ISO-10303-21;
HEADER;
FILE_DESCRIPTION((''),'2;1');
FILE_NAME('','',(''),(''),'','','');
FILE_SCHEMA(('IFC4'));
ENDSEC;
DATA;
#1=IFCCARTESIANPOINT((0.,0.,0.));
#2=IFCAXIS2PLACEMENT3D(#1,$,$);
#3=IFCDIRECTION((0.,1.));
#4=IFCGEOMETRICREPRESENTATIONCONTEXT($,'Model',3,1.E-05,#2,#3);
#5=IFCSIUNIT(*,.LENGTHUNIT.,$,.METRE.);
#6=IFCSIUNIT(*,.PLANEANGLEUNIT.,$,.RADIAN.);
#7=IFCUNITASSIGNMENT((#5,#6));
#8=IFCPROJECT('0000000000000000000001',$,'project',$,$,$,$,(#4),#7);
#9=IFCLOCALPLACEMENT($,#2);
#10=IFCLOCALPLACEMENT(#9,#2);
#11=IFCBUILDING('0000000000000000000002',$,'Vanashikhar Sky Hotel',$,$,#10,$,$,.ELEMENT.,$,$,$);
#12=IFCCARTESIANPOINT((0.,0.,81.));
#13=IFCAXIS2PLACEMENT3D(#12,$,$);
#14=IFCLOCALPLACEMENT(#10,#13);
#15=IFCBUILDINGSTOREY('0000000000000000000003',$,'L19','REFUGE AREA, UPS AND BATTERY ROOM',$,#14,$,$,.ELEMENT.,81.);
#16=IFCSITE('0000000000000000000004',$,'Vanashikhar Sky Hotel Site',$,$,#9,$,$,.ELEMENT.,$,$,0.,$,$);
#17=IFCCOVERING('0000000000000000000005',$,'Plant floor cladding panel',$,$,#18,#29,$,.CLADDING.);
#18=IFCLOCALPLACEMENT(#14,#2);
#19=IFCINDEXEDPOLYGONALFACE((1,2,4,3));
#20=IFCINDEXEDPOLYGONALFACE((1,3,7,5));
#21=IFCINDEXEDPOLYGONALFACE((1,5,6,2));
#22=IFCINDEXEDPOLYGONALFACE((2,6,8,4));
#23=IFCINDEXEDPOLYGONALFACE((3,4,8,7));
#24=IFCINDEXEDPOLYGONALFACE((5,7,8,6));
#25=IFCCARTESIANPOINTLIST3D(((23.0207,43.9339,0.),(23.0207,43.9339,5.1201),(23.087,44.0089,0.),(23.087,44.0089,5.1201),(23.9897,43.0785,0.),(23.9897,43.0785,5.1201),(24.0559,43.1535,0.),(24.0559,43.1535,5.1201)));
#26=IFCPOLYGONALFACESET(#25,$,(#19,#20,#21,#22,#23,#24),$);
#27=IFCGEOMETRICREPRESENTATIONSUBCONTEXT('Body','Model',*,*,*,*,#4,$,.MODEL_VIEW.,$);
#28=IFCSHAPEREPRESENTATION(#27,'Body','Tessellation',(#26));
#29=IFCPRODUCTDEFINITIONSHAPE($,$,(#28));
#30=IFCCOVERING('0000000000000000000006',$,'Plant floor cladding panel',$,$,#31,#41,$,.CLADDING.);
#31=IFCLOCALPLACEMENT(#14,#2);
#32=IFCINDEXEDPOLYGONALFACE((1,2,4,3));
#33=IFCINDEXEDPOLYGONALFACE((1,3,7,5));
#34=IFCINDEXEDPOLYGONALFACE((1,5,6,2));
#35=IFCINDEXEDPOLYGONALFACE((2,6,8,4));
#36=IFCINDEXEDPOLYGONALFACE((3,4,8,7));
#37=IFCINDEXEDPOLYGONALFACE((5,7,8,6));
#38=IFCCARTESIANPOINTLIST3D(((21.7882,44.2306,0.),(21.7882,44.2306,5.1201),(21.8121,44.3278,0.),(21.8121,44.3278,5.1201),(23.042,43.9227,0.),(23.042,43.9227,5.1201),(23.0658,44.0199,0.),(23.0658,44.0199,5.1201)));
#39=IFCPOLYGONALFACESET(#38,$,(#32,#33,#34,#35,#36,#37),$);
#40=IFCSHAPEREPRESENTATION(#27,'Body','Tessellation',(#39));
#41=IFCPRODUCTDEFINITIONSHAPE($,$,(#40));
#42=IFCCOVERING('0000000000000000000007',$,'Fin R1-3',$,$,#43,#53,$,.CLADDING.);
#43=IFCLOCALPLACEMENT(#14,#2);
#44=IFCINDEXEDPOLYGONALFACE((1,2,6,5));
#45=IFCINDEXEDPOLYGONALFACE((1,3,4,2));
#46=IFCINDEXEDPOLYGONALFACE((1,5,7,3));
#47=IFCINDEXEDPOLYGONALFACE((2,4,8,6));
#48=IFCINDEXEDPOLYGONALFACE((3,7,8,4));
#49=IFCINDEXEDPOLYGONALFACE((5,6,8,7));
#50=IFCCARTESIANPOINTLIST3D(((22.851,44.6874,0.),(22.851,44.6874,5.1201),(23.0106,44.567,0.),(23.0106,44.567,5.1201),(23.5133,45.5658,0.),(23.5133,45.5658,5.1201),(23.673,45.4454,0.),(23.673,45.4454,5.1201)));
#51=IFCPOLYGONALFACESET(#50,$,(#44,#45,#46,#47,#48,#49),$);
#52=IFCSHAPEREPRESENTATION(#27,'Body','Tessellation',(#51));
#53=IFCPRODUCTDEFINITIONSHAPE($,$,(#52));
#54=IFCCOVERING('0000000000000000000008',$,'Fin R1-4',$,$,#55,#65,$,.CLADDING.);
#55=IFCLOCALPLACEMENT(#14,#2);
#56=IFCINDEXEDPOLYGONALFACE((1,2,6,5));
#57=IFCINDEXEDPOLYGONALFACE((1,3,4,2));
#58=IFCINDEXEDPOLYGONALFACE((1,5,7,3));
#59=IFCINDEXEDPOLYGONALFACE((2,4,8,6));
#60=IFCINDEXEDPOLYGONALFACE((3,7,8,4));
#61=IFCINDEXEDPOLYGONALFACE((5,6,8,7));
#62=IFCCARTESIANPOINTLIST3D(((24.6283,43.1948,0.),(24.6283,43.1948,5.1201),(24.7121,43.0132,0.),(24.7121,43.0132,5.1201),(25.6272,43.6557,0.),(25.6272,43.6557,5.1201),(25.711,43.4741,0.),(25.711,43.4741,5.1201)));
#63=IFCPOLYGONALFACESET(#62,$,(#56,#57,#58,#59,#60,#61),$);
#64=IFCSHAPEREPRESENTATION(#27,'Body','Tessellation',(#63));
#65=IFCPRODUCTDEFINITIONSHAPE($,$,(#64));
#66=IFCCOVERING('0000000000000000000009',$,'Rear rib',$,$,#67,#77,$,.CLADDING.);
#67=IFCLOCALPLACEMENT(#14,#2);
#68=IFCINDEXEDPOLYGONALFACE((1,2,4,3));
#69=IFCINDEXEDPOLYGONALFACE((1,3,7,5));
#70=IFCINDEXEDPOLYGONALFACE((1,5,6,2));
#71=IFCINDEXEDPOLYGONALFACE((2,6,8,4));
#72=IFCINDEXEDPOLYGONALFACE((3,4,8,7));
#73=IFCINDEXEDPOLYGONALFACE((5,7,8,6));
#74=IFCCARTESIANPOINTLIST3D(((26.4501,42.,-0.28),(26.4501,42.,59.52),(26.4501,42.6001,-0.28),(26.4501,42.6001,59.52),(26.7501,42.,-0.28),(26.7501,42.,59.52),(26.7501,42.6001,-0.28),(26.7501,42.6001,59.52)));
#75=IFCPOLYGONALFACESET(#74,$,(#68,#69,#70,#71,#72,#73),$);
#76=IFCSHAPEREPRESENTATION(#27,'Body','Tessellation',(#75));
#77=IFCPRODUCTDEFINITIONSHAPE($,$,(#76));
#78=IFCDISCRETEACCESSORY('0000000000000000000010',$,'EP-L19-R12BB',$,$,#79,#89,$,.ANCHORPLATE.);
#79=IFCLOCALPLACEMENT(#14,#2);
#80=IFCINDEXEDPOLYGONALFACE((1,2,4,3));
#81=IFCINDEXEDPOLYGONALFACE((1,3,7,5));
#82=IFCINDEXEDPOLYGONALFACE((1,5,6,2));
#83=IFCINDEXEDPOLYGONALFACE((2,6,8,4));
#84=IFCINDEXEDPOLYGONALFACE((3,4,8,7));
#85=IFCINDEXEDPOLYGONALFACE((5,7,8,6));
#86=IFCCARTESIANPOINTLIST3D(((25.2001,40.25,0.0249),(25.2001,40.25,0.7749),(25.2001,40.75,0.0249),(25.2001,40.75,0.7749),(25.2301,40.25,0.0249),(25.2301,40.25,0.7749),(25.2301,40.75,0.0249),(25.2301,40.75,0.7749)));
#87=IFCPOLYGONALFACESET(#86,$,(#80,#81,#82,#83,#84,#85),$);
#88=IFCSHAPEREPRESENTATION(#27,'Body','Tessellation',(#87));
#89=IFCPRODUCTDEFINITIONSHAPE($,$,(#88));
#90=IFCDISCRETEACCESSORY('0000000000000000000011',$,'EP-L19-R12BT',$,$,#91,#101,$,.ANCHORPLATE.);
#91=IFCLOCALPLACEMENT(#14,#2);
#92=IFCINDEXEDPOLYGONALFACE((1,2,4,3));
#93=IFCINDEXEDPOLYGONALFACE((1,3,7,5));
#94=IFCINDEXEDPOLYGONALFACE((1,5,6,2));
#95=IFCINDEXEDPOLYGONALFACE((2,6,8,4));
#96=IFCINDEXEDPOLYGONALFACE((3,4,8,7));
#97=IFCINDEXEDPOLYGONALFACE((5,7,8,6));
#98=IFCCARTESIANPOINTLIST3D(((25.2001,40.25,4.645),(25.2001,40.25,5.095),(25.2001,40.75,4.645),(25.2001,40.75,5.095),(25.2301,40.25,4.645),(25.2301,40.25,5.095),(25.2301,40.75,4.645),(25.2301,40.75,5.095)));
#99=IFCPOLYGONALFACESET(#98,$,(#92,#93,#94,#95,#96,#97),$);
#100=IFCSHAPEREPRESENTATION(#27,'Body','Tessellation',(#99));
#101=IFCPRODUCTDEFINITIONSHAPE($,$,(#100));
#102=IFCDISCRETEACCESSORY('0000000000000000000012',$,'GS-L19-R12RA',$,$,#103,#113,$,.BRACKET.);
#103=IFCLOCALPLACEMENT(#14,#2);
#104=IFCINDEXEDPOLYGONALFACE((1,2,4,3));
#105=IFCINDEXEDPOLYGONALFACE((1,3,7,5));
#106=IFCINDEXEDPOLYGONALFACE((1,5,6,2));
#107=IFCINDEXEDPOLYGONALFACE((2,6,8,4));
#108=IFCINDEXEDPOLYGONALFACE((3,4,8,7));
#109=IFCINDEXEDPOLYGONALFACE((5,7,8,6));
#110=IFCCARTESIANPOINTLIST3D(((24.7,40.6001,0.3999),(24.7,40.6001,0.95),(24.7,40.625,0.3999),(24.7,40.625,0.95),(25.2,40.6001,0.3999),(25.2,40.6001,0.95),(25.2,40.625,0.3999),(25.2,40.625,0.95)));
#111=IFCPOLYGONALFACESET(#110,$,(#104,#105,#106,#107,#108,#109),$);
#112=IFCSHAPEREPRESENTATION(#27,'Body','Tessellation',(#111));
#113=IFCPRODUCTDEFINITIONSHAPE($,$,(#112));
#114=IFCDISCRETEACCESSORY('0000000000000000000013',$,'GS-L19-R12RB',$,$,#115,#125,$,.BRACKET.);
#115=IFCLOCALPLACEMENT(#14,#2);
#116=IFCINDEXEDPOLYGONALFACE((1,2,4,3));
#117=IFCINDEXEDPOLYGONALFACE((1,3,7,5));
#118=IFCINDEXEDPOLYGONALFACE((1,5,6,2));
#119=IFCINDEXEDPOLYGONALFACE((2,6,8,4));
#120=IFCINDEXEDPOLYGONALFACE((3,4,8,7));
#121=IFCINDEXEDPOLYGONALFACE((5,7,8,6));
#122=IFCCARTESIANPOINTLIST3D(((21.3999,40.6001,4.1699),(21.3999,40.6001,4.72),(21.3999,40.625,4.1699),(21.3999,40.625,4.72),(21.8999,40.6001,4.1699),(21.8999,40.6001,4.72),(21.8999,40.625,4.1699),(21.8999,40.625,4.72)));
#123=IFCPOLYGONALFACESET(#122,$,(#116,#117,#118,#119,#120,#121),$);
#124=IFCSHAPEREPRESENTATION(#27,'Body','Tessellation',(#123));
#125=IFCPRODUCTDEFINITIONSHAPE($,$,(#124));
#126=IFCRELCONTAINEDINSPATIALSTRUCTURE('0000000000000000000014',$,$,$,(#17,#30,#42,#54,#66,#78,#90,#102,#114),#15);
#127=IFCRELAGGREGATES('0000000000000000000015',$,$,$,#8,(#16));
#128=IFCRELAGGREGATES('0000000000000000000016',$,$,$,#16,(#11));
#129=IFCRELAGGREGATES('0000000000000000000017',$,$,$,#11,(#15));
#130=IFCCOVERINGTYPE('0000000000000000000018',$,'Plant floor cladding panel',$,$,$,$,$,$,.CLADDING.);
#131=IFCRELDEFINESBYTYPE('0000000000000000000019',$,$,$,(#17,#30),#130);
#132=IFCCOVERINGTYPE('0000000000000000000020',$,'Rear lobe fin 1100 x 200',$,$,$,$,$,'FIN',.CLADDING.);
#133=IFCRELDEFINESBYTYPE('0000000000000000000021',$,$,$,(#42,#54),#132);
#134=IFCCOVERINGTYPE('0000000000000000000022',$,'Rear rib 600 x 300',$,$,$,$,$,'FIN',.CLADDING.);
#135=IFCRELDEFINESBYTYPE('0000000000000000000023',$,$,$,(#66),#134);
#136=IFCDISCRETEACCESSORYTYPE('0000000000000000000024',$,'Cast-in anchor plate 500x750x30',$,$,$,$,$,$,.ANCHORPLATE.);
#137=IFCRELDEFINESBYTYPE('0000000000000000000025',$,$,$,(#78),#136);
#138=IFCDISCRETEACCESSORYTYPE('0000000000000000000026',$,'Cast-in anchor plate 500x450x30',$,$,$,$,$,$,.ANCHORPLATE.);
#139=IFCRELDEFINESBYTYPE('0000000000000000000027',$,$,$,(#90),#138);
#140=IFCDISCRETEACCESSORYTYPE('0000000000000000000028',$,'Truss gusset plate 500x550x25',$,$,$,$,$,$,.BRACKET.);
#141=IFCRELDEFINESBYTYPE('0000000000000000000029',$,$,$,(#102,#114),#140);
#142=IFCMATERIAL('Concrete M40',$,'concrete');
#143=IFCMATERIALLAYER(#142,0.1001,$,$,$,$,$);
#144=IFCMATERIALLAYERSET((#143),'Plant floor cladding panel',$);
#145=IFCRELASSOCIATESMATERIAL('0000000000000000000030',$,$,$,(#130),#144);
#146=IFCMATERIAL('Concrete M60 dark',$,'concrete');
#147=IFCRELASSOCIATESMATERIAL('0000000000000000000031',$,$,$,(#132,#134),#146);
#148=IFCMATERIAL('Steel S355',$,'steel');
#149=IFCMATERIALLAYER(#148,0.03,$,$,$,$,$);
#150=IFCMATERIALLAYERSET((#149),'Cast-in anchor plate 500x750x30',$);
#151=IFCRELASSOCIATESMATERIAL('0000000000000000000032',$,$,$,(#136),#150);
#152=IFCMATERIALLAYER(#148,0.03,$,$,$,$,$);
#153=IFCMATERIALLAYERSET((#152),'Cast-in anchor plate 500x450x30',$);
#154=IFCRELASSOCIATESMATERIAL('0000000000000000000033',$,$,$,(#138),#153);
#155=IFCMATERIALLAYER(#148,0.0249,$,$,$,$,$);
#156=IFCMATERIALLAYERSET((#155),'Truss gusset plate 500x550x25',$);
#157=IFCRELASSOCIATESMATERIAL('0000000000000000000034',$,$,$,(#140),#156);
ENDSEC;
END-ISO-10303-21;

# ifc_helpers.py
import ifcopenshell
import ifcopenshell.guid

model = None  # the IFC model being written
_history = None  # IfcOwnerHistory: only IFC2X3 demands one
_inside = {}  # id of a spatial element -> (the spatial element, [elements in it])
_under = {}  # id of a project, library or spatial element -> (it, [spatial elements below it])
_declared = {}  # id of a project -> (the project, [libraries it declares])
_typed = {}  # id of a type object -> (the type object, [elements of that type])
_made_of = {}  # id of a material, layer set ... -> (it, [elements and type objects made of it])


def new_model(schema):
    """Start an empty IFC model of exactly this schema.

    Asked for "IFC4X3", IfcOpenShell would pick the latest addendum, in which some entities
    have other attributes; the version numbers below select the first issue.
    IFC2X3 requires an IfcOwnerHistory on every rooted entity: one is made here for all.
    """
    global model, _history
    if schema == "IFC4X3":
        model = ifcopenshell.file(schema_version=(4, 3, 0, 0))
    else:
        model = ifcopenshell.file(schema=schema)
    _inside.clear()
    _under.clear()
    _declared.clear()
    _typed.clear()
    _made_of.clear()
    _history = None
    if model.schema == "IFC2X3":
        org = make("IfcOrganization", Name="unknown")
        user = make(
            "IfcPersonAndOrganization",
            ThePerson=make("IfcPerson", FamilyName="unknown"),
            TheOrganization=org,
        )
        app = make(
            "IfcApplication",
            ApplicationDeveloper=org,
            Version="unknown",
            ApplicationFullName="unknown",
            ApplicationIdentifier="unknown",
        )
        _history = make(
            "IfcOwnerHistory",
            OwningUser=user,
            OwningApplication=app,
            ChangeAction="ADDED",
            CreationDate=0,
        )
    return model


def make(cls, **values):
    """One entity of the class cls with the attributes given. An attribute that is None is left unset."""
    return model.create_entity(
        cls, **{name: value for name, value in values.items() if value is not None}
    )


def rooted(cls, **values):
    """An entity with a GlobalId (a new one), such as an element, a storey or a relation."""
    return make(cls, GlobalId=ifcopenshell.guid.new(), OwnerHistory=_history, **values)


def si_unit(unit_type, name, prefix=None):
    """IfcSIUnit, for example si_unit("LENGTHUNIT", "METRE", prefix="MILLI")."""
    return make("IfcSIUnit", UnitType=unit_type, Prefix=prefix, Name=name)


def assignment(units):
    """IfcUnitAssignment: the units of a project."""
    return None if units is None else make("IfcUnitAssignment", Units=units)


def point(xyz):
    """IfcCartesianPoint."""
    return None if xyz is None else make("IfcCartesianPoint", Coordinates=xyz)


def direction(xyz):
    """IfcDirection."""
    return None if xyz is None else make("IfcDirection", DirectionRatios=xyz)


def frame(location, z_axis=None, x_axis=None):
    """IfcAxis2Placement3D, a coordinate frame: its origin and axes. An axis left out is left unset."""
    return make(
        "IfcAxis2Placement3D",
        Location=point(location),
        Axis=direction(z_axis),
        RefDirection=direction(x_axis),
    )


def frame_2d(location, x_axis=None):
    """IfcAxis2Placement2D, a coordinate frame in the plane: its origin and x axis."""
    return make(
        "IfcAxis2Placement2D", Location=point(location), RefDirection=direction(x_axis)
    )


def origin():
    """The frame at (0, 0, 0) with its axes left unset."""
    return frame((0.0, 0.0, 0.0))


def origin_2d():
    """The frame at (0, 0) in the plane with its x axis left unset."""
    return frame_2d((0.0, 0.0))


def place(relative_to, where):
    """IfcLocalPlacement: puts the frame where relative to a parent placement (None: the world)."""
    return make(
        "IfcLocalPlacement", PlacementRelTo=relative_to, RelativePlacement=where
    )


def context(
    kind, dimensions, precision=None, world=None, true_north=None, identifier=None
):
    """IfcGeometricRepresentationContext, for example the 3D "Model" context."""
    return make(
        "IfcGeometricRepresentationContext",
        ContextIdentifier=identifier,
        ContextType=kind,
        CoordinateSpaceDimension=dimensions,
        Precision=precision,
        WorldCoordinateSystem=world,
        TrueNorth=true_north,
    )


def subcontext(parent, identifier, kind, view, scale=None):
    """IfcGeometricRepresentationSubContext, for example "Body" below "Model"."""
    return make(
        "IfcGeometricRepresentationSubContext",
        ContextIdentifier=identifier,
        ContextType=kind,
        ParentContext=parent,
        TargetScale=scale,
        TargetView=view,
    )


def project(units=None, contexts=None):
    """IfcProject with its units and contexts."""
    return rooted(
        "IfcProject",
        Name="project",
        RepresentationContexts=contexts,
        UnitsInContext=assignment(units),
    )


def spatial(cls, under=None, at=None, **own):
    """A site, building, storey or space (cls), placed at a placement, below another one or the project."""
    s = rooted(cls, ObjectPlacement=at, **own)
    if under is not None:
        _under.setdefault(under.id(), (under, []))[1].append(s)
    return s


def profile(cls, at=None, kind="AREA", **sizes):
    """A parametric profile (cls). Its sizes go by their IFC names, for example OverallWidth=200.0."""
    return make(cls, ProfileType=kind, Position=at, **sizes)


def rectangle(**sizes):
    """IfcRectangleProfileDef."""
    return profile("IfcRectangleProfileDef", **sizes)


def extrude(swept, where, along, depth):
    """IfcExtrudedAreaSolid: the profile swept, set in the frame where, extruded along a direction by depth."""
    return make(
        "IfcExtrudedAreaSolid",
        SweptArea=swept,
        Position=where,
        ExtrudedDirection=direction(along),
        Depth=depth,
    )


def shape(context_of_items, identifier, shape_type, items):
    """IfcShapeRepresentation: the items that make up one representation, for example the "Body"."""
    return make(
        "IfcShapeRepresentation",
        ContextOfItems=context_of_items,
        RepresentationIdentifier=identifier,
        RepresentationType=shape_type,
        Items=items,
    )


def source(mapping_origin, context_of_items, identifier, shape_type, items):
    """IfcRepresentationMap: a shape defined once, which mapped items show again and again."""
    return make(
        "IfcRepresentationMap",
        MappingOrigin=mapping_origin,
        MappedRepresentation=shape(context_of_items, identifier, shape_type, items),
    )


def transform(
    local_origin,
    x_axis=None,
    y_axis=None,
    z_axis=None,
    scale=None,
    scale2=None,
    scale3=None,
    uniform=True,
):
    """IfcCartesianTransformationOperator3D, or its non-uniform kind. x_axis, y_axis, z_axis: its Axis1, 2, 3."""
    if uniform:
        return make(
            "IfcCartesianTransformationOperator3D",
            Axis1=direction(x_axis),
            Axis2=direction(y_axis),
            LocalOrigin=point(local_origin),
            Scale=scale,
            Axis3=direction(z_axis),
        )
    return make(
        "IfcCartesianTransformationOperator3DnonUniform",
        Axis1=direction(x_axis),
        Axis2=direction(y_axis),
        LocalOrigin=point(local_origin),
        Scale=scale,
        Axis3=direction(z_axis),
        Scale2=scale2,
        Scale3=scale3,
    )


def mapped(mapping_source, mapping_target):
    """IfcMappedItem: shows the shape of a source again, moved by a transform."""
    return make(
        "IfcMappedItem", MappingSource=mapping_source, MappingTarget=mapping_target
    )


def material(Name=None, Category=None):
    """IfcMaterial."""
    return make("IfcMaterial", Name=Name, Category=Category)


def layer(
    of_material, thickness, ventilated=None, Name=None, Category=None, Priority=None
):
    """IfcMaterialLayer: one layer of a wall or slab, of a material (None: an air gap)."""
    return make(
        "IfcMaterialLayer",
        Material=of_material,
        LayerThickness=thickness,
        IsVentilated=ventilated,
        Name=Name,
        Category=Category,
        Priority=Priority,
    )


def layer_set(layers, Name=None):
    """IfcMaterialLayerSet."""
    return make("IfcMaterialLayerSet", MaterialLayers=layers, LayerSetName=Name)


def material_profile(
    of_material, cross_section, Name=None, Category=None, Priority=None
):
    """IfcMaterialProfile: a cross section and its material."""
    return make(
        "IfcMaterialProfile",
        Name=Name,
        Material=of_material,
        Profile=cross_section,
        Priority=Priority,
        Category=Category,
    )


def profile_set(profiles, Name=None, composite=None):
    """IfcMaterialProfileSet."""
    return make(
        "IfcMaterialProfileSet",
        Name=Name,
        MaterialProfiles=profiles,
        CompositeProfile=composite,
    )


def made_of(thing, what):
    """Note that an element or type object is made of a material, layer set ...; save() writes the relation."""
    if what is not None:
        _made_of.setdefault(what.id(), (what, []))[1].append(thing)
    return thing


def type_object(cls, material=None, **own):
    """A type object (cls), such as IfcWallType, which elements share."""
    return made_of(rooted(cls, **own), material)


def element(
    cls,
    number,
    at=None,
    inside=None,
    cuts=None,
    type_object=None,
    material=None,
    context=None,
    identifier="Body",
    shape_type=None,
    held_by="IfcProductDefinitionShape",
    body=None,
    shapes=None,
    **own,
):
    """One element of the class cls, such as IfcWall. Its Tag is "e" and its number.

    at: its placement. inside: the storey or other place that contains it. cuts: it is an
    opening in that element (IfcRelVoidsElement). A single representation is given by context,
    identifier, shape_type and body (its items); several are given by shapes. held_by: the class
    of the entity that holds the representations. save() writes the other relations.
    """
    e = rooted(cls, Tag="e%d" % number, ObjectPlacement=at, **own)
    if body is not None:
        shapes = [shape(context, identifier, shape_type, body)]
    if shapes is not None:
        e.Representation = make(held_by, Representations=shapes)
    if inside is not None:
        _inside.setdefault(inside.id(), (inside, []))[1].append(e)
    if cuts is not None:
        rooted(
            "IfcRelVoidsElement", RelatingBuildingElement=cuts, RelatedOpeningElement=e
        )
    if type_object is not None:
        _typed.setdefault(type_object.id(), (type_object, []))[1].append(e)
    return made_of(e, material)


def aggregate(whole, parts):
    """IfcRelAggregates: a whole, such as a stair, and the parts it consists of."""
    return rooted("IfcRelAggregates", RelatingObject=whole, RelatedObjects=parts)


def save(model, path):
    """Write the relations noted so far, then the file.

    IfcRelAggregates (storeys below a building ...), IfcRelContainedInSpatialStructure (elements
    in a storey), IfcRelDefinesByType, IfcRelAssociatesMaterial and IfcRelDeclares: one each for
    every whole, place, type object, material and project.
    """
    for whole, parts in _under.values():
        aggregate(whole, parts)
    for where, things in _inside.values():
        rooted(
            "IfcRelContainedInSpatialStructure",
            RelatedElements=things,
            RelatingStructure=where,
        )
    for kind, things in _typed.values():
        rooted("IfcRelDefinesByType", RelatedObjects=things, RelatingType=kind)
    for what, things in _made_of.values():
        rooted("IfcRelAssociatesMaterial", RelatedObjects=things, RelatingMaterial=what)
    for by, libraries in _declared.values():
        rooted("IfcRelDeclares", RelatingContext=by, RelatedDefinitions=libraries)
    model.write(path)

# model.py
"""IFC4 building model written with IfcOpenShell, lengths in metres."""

from ifc_helpers import new_model, si_unit, direction, frame, origin, origin_2d, place, context, subcontext, project, spatial, rectangle, extrude, source, transform, mapped, material, layer, layer_set, material_profile, profile_set, type_object, element, save


model = new_model("IFC4")

# Units and contexts
model_context = context("Model", 3, precision=1e-05, world=origin(), true_north=direction((0.0, 1.0)))
body_context = subcontext(model_context, "Body", "Model", "MODEL_VIEW")
ifc_project = project(units=[si_unit("LENGTHUNIT", "METRE"), si_unit("PLANEANGLEUNIT", "RADIAN")], contexts=[model_context])

# Site, building, storey
site_placement = place(None, origin())
site = spatial("IfcSite", under=ifc_project, at=site_placement, Name="Vanashikhar Sky Hotel Site", CompositionType="ELEMENT", RefElevation=0.0)
building_placement = place(site_placement, origin())
building = spatial("IfcBuilding", under=site, at=building_placement, Name="Vanashikhar Sky Hotel", CompositionType="ELEMENT")
storey_placement = place(building_placement, frame((0.0, 0.0, 81.0)))
storey = spatial("IfcBuildingStorey", under=building, at=storey_placement, Name="L19", Description="REFUGE AREA, UPS AND BATTERY ROOM", CompositionType="ELEMENT", Elevation=81.0)

# Shared definitions
ifc_material_1 = material(Name="Steel S355", Category="steel")

# Shared definitions
ifc_material_2 = material(Name="Concrete M40", Category="concrete")

# Coverings
ifc_layer_1 = layer(ifc_material_2, 0.1001)
ifc_layer_set_1 = layer_set([ifc_layer_1], Name="Plant floor cladding panel")
covering_type_1 = type_object("IfcCoveringType", Name="Plant floor cladding panel", PredefinedType="CLADDING", material=ifc_layer_set_1)
shared_shape_1 = source(origin(), body_context, "Body", "SweptSolid", [
    extrude(rectangle(XDim=1.2925, YDim=0.1001, at=origin_2d()), origin(), (0.0, 0.0, 1.0), 5.1201),
])
covering_1_placement = place(storey_placement, frame((23.5383, 43.5437, 0.0), z_axis=(0.0, 0.0, 1.0), x_axis=(-0.749684, 0.661796, 0.0)))
element("IfcCovering", 1, at=covering_1_placement, inside=storey, type_object=covering_type_1, Name="Plant floor cladding panel", PredefinedType="CLADDING", context=body_context, shape_type="MappedRepresentation", body=[
    mapped(shared_shape_1, transform((0.0, 0.0, 0.0), scale=1.0)),
])
shared_shape_2 = source(origin(), body_context, "Body", "SweptSolid", [
    extrude(rectangle(XDim=1.291, YDim=0.1001, at=origin_2d()), origin(), (0.0, 0.0, 1.0), 5.1201),
])
covering_2_placement = place(storey_placement, frame((22.427, 44.1252, 0.0), z_axis=(0.0, 0.0, 1.0), x_axis=(-0.971151, 0.238466, 0.0)))
element("IfcCovering", 2, at=covering_2_placement, inside=storey, type_object=covering_type_1, Name="Plant floor cladding panel", PredefinedType="CLADDING", context=body_context, shape_type="MappedRepresentation", body=[
    mapped(shared_shape_2, transform((0.0, 0.0, 0.0), scale=1.0)),
])
ifc_material_3 = material(Name="Concrete M60 dark", Category="concrete")
ifc_material_profile_1 = material_profile(ifc_material_3, rectangle(XDim=1.1001, YDim=0.2, at=origin_2d()))
ifc_profile_set_1 = profile_set([ifc_material_profile_1], Name="Rear lobe fin 1100 x 200")
covering_type_2 = type_object("IfcCoveringType", Name="Rear lobe fin 1100 x 200", ElementType="FIN", PredefinedType="CLADDING", material=ifc_profile_set_1)
shared_shape_3 = source(origin(), body_context, "Body", "SweptSolid", [
    extrude(rectangle(XDim=1.1001, YDim=0.2, at=origin_2d()), origin(), (0.0, 0.0, 1.0), 5.1201),
])
for number, where, z_axis, x_axis, name in (
    (3, (23.262, 45.0664, 0.0), (0.0, 0.0, 1.0), (0.602066, 0.798446, 0.0), "Fin R1-3"),
    (4, (25.1697, 43.3345, 0.0), (0.0, 0.0, 1.0), (0.908004, 0.418961, 0.0), "Fin R1-4"),
):
    element("IfcCovering", number, at=place(storey_placement, frame(where, z_axis=z_axis, x_axis=x_axis)), inside=storey, type_object=covering_type_2, Name=name, PredefinedType="CLADDING", context=body_context, shape_type="MappedRepresentation", body=[
        mapped(shared_shape_3, transform((0.0, 0.0, 0.0), scale=1.0)),
    ])
ifc_material_profile_2 = material_profile(ifc_material_3, rectangle(XDim=0.6001, YDim=0.3, at=origin_2d()))
ifc_profile_set_2 = profile_set([ifc_material_profile_2], Name="Rear rib 600 x 300")
covering_type_3 = type_object("IfcCoveringType", Name="Rear rib 600 x 300", ElementType="FIN", PredefinedType="CLADDING", material=ifc_profile_set_2)
shared_shape_4 = source(origin(), body_context, "Body", "SweptSolid", [
    extrude(rectangle(XDim=0.6001, YDim=0.3, at=origin_2d()), origin(), (0.0, 0.0, 1.0), 59.8),
])
covering_3_placement = place(storey_placement, frame((26.6001, 42.3, -0.28), z_axis=(0.0, 0.0, 1.0), x_axis=(0.0, 1.0, 0.0)))
element("IfcCovering", 5, at=covering_3_placement, inside=storey, type_object=covering_type_3, Name="Rear rib", PredefinedType="CLADDING", context=body_context, shape_type="MappedRepresentation", body=[
    mapped(shared_shape_4, transform((0.0, 0.0, 0.0), scale=1.0)),
])

# Discrete accessories
ifc_layer_2 = layer(ifc_material_1, 0.03)
ifc_layer_set_2 = layer_set([ifc_layer_2], Name="Cast-in anchor plate 500x750x30")
discrete_accessory_type_1 = type_object("IfcDiscreteAccessoryType", Name="Cast-in anchor plate 500x750x30", PredefinedType="ANCHORPLATE", material=ifc_layer_set_2)
shared_shape_5 = source(origin(), body_context, "Body", "SweptSolid", [
    extrude(rectangle(XDim=0.03, YDim=0.5, at=origin_2d()), origin(), (0.0, 0.0, 1.0), 0.75),
])
discrete_accessory_1_placement = place(storey_placement, frame((25.2151, 40.5, 0.0249), z_axis=(0.0, 0.0, 1.0), x_axis=(1.0, 0.0, 0.0)))
element("IfcDiscreteAccessory", 6, at=discrete_accessory_1_placement, inside=storey, type_object=discrete_accessory_type_1, Name="EP-L19-R12BB", PredefinedType="ANCHORPLATE", context=body_context, shape_type="MappedRepresentation", body=[
    mapped(shared_shape_5, transform((0.0, 0.0, 0.0), scale=1.0)),
])
ifc_layer_3 = layer(ifc_material_1, 0.03)
ifc_layer_set_3 = layer_set([ifc_layer_3], Name="Cast-in anchor plate 500x450x30")
discrete_accessory_type_2 = type_object("IfcDiscreteAccessoryType", Name="Cast-in anchor plate 500x450x30", PredefinedType="ANCHORPLATE", material=ifc_layer_set_3)
shared_shape_6 = source(origin(), body_context, "Body", "SweptSolid", [
    extrude(rectangle(XDim=0.03, YDim=0.5, at=origin_2d()), origin(), (0.0, 0.0, 1.0), 0.45),
])
discrete_accessory_2_placement = place(storey_placement, frame((25.2151, 40.5, 4.645), z_axis=(0.0, 0.0, 1.0), x_axis=(1.0, 0.0, 0.0)))
element("IfcDiscreteAccessory", 7, at=discrete_accessory_2_placement, inside=storey, type_object=discrete_accessory_type_2, Name="EP-L19-R12BT", PredefinedType="ANCHORPLATE", context=body_context, shape_type="MappedRepresentation", body=[
    mapped(shared_shape_6, transform((0.0, 0.0, 0.0), scale=1.0)),
])
ifc_layer_4 = layer(ifc_material_1, 0.0249)
ifc_layer_set_4 = layer_set([ifc_layer_4], Name="Truss gusset plate 500x550x25")
discrete_accessory_type_3 = type_object("IfcDiscreteAccessoryType", Name="Truss gusset plate 500x550x25", PredefinedType="BRACKET", material=ifc_layer_set_4)
shared_shape_7 = source(origin(), body_context, "Body", "SweptSolid", [
    extrude(rectangle(XDim=0.5, YDim=0.0249, at=origin_2d()), origin(), (0.0, 0.0, 1.0), 0.55),
])
for number, where, z_axis, x_axis, name in (
    (8, (24.95, 40.6125, 0.3999), (0.0, 0.0, 1.0), (1.0, 0.0, 0.0), "GS-L19-R12RA"),
    (9, (21.6499, 40.6125, 4.1699), (0.0, 0.0, 1.0), (1.0, 0.0, 0.0), "GS-L19-R12RB"),
):
    element("IfcDiscreteAccessory", number, at=place(storey_placement, frame(where, z_axis=z_axis, x_axis=x_axis)), inside=storey, type_object=discrete_accessory_type_3, Name=name, PredefinedType="BRACKET", context=body_context, shape_type="MappedRepresentation", body=[
        mapped(shared_shape_7, transform((0.0, 0.0, 0.0), scale=1.0)),
    ])

save(model, "model.ifc")
